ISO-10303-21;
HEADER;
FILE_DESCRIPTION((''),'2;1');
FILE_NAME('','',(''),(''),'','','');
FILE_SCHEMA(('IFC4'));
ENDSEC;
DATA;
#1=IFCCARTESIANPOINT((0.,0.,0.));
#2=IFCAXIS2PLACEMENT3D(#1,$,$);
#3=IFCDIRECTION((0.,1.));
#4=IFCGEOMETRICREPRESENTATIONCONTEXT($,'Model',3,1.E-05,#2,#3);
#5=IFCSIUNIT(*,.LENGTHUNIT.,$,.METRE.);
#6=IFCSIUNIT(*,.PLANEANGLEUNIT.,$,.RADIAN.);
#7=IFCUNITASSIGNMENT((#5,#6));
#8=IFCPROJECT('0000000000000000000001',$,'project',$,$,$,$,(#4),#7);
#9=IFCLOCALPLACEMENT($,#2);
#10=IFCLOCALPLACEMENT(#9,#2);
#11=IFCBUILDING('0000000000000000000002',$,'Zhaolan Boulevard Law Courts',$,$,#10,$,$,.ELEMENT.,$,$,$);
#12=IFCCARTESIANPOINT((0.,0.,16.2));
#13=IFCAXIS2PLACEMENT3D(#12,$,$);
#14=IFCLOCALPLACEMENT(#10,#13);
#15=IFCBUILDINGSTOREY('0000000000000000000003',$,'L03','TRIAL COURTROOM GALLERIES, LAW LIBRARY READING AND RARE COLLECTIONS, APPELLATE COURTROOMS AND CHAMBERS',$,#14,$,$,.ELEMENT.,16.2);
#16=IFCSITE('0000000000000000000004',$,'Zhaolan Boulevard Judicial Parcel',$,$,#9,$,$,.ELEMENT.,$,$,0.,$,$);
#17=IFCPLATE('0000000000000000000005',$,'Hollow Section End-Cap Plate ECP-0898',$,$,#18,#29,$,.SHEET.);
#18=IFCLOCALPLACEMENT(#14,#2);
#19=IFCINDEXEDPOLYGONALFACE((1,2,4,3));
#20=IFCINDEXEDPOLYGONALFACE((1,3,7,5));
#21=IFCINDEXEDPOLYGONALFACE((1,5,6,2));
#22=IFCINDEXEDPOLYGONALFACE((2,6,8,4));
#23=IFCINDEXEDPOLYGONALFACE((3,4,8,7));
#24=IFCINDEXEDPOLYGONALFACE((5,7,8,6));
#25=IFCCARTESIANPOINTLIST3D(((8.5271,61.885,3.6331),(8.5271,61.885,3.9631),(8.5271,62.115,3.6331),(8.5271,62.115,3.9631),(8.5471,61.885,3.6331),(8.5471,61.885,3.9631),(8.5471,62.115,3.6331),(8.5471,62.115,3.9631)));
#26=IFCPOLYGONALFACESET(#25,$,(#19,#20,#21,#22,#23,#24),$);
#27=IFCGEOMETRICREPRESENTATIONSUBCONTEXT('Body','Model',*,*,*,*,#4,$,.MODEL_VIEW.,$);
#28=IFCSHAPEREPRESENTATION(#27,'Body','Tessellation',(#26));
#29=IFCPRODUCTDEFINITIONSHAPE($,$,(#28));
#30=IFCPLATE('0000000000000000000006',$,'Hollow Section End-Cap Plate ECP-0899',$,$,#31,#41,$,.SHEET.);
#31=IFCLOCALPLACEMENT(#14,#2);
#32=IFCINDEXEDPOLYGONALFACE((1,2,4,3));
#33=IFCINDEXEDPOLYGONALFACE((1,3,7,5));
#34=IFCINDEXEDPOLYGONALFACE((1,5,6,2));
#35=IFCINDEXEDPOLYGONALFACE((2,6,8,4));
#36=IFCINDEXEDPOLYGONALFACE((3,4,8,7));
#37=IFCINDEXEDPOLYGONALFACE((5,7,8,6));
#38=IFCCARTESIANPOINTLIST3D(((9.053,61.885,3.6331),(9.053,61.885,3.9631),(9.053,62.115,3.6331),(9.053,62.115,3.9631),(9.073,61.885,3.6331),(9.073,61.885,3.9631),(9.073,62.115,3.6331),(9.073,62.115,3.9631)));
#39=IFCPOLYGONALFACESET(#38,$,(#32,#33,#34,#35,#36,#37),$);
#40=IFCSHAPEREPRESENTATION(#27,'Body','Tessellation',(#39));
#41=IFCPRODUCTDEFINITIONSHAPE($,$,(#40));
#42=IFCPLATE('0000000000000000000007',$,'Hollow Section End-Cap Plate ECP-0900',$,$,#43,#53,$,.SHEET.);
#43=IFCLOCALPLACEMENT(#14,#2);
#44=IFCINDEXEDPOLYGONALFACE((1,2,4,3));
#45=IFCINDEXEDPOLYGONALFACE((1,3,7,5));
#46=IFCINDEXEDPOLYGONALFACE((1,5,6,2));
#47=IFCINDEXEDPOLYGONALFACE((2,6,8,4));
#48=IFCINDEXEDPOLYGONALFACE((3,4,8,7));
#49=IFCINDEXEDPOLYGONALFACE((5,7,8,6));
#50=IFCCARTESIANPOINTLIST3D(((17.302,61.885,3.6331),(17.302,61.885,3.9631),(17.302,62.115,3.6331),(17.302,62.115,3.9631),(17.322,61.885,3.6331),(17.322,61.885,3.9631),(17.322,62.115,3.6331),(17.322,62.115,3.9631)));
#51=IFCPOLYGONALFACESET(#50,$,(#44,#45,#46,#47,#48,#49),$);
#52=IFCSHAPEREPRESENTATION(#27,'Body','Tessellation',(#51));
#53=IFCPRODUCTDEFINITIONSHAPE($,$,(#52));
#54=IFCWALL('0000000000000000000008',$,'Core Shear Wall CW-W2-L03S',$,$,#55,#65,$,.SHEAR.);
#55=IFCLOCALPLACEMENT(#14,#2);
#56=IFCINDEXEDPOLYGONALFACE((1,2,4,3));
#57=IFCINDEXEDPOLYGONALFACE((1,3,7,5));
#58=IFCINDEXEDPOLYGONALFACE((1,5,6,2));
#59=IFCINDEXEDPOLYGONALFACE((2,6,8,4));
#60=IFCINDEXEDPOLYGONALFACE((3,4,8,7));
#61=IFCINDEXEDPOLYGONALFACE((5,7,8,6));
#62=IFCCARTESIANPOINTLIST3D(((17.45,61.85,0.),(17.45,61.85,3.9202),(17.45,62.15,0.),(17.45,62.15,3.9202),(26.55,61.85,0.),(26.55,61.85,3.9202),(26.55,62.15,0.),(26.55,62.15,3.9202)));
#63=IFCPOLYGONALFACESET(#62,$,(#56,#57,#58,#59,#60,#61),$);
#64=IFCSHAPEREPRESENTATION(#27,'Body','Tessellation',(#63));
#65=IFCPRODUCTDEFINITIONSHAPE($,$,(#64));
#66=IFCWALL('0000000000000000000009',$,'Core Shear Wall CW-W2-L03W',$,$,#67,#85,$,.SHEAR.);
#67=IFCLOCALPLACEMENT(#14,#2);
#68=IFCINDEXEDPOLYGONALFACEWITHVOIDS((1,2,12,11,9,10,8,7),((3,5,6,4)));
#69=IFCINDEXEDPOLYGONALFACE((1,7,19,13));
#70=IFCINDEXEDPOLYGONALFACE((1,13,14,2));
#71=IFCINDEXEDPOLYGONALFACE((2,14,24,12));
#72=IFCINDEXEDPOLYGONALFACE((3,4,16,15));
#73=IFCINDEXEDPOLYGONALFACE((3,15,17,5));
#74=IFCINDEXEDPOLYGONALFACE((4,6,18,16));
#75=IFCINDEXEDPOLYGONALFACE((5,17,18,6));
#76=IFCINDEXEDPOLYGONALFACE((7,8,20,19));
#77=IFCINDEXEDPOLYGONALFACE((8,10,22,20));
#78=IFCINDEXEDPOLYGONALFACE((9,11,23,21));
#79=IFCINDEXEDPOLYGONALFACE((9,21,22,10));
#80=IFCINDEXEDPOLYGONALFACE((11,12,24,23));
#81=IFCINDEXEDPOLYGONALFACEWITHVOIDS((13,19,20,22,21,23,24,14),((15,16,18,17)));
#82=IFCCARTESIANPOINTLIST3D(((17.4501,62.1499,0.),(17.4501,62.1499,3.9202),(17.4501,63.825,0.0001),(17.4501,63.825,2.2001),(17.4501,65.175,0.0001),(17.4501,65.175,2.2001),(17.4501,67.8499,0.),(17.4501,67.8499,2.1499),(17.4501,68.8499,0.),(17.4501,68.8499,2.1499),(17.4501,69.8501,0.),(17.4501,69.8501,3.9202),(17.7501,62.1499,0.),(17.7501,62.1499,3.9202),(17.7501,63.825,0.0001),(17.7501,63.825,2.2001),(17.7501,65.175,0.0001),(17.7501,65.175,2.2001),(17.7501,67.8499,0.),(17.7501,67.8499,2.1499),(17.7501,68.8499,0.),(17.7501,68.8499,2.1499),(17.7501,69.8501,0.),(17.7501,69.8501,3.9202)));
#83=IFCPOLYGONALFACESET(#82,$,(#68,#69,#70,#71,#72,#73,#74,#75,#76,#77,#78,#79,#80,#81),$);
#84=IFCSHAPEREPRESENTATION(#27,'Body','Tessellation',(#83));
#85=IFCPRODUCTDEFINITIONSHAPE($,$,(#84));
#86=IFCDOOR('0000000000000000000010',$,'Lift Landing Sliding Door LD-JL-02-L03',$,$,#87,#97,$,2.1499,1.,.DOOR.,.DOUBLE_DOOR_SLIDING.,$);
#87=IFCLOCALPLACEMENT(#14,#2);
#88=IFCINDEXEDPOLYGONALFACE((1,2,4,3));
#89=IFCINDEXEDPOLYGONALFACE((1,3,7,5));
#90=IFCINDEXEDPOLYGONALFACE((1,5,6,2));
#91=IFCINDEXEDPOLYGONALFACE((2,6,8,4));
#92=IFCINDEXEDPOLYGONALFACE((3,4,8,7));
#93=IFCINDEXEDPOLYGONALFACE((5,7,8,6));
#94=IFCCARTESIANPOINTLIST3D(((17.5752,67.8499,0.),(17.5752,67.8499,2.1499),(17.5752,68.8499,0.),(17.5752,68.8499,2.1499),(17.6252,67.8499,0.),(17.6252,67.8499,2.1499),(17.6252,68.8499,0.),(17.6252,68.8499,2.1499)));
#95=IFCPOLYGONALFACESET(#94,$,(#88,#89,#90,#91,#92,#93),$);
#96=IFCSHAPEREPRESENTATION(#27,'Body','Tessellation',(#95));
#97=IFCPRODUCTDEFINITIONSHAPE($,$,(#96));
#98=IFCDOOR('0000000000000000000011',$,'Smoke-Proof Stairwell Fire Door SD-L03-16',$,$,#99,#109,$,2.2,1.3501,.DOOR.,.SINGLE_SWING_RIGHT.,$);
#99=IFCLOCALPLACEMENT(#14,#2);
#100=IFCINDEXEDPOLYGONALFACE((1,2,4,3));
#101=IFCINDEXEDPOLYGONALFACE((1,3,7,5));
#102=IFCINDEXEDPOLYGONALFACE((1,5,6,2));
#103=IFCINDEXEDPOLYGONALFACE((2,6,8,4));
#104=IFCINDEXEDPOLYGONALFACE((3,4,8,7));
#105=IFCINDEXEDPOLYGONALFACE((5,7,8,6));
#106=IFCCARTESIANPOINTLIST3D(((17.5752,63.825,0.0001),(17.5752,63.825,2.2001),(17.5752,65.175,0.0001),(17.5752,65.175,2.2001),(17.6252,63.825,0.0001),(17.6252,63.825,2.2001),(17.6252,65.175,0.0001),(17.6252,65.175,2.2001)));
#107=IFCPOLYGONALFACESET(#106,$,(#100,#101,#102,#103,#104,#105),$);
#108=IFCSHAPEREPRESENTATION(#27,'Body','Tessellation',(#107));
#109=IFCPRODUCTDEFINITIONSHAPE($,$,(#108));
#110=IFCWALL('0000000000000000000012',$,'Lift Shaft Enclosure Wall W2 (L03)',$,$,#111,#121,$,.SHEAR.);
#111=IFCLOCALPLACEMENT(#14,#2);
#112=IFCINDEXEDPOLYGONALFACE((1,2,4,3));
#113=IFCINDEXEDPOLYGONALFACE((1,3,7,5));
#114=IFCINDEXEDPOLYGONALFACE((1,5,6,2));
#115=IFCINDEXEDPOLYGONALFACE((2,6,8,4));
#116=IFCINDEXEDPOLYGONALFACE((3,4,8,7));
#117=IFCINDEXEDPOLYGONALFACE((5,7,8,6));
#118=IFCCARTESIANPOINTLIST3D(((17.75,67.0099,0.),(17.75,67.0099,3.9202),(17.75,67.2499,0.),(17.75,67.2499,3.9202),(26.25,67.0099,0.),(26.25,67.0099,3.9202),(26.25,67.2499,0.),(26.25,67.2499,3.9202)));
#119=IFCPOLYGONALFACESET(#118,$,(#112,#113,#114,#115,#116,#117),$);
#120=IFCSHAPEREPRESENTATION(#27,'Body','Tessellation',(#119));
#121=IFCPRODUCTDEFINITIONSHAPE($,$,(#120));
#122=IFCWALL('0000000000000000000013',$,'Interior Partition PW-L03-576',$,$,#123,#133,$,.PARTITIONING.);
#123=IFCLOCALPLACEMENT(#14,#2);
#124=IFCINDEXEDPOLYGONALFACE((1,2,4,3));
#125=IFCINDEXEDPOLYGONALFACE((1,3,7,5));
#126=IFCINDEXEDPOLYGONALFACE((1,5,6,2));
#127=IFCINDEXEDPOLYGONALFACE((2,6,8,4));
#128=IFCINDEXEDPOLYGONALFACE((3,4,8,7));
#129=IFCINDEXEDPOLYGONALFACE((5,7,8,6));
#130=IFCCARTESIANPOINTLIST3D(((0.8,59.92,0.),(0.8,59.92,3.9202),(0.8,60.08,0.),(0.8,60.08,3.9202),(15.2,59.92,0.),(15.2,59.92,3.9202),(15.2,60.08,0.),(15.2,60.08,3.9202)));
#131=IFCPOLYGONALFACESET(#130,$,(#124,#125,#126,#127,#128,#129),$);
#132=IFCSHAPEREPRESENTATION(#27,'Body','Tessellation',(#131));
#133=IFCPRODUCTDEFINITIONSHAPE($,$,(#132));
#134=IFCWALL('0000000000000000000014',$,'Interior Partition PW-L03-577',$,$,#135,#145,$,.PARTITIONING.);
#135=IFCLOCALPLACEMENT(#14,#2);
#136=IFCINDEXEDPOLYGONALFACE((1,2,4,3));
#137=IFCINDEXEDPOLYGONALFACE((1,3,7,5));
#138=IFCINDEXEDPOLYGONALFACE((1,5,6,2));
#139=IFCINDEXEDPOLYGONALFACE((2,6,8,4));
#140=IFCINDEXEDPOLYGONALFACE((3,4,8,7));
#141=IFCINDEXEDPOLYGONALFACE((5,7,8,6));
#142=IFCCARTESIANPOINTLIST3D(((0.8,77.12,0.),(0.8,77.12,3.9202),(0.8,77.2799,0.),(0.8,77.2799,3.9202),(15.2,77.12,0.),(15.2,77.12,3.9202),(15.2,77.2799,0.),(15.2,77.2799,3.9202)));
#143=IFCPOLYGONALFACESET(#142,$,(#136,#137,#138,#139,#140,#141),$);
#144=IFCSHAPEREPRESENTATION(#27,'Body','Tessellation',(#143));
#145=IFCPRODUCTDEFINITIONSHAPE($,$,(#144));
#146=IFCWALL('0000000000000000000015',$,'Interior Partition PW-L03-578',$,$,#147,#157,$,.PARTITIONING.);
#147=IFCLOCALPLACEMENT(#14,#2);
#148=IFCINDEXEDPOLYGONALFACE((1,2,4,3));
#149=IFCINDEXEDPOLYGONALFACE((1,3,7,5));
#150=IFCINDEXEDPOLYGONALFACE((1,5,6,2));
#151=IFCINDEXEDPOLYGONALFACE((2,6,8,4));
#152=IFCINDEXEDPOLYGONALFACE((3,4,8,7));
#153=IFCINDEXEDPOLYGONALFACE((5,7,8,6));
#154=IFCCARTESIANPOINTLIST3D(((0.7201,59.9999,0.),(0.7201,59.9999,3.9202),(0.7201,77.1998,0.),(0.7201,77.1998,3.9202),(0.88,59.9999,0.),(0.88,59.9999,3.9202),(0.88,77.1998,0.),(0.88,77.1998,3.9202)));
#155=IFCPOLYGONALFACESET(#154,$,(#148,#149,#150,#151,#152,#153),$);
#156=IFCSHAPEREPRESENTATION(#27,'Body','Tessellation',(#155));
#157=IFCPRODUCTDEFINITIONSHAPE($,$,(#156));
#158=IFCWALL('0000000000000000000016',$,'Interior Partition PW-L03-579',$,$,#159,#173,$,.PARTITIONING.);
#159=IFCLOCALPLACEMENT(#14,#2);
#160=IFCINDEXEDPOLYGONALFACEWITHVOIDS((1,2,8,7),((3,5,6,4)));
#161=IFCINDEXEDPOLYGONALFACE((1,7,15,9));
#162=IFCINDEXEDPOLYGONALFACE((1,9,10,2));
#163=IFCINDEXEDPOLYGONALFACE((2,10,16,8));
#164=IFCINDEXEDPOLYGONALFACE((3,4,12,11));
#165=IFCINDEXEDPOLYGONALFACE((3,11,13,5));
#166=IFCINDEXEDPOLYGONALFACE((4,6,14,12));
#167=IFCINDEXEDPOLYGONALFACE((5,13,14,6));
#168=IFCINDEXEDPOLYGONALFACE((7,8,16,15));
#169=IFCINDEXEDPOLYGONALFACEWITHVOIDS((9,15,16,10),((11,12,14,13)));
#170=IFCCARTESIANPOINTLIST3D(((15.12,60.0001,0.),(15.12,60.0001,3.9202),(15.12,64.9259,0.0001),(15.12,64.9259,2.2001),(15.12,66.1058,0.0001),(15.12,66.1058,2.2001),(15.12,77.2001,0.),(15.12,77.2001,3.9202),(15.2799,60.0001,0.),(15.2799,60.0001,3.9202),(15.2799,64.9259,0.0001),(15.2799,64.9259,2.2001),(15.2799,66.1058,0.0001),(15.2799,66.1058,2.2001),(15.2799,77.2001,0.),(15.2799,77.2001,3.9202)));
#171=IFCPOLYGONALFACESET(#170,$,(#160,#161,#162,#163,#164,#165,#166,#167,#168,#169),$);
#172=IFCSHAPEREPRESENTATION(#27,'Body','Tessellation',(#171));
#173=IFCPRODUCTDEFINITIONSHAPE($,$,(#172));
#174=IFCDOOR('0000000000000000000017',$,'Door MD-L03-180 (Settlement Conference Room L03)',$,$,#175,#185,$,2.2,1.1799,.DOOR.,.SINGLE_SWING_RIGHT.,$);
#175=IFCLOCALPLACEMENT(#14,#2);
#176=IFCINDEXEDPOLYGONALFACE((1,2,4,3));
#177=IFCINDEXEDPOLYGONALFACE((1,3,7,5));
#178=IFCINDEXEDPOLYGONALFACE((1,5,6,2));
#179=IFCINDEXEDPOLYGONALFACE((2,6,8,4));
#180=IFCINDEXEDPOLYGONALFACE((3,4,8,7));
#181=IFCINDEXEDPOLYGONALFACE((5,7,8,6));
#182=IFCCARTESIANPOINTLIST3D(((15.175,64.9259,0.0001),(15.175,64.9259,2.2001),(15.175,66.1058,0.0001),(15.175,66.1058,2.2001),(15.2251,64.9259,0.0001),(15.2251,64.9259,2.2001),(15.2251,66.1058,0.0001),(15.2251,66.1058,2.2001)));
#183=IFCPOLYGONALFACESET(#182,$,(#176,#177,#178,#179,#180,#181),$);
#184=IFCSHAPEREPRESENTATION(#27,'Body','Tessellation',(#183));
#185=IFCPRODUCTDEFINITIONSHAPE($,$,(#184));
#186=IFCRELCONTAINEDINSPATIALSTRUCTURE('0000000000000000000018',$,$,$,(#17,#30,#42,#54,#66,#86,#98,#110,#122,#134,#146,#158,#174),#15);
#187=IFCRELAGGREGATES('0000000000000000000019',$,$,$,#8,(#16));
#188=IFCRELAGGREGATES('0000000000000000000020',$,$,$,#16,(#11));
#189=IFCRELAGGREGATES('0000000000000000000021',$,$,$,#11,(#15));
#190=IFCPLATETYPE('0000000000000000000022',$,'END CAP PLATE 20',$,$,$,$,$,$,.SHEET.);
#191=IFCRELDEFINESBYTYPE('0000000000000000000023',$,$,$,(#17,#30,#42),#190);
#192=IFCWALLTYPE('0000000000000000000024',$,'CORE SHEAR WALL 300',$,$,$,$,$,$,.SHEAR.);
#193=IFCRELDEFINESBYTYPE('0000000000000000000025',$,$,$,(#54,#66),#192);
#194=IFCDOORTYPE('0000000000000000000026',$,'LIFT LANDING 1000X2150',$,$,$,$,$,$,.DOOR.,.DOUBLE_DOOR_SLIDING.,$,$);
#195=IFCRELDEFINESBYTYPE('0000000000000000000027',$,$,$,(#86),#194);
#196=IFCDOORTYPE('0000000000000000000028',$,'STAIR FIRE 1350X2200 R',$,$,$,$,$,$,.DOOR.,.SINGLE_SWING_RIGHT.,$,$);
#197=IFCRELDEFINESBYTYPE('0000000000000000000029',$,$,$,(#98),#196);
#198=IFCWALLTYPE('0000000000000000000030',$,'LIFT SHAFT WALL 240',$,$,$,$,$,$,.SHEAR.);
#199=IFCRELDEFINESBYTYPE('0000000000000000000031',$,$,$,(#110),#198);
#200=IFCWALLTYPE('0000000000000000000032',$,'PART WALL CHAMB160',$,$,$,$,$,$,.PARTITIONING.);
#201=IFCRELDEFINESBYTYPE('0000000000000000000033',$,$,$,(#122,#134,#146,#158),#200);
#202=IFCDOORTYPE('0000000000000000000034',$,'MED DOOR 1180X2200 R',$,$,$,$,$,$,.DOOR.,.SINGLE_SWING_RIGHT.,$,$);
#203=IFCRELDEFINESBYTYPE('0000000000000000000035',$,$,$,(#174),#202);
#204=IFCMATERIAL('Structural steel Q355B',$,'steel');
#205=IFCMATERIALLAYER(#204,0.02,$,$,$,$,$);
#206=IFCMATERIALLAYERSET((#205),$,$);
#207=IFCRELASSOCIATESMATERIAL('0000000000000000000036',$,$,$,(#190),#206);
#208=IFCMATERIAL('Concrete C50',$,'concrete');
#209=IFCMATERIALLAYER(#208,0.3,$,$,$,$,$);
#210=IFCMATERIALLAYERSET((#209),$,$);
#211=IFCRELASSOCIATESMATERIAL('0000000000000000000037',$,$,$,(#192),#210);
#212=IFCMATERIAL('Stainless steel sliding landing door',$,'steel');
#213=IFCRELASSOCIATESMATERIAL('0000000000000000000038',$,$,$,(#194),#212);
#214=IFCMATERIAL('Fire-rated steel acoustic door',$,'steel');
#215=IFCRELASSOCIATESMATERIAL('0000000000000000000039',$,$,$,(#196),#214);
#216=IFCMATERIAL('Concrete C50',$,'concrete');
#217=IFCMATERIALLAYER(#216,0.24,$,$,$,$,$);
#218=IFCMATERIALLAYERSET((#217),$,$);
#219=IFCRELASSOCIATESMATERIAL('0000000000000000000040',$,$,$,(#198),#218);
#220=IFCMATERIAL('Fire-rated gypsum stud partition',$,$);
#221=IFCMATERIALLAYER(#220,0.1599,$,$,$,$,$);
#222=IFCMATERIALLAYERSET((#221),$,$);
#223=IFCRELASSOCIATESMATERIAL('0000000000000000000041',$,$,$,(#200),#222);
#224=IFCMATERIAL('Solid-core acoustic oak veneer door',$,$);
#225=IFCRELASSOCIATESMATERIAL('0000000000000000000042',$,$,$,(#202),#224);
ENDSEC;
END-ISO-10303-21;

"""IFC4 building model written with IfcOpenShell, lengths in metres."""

from ifc_helpers import new_model, si_unit, direction, frame, frame_2d, origin, origin_2d, place, context, subcontext, project, spatial, rectangle, extrude, material, layer, layer_set, type_object, element, fill, save


model = new_model("IFC4")

# Units and contexts
model_context = context("Model", 3, precision=1e-05, world=origin(), true_north=direction((0.0, 1.0)))
body_context = subcontext(model_context, "Body", "Model", "MODEL_VIEW")
ifc_project = project(units=[si_unit("LENGTHUNIT", "METRE"), si_unit("PLANEANGLEUNIT", "RADIAN")], contexts=[model_context])

# Site, building, storey
site_placement = place(None, origin())
site = spatial("IfcSite", under=ifc_project, at=site_placement, Name="Zhaolan Boulevard Judicial Parcel", CompositionType="ELEMENT", RefElevation=0.0)
building_placement = place(site_placement, origin())
building = spatial("IfcBuilding", under=site, at=building_placement, Name="Zhaolan Boulevard Law Courts", CompositionType="ELEMENT")
storey_placement = place(building_placement, frame((0.0, 0.0, 16.2)))
storey = spatial("IfcBuildingStorey", under=building, at=storey_placement, Name="L03", Description="TRIAL COURTROOM GALLERIES, LAW LIBRARY READING AND RARE COLLECTIONS, APPELLATE COURTROOMS AND CHAMBERS", CompositionType="ELEMENT", Elevation=16.2)

# Plates
ifc_material_1 = material(Name="Structural steel Q355B", Category="steel")
ifc_layer_1 = layer(ifc_material_1, 0.02)
ifc_layer_set_1 = layer_set([ifc_layer_1])
plate_type = type_object("IfcPlateType", Name="END CAP PLATE 20", PredefinedType="SHEET", material=ifc_layer_set_1)
for number, where, z_axis, x_axis, name in (
    (1, (8.5371, 62.0, 3.6331), (0.0, 0.0, 1.0), (1.0, 0.0, 0.0), "Hollow Section End-Cap Plate ECP-0898"),
    (2, (9.063, 62.0, 3.6331), (0.0, 0.0, 1.0), (1.0, 0.0, 0.0), "Hollow Section End-Cap Plate ECP-0899"),
    (3, (17.312, 62.0, 3.6331), (0.0, 0.0, 1.0), (1.0, 0.0, 0.0), "Hollow Section End-Cap Plate ECP-0900"),
):
    element("IfcPlate", number, at=place(storey_placement, frame(where, z_axis=z_axis, x_axis=x_axis)), inside=storey, type_object=plate_type, Name=name, PredefinedType="SHEET", context=body_context, shape_type="SweptSolid", body=[
        extrude(rectangle(XDim=0.02, YDim=0.23, at=origin_2d()), origin(), (0.0, 0.0, 1.0), 0.3301),
    ])

# Wall
ifc_material_2 = material(Name="Concrete C50", Category="concrete")
ifc_layer_2 = layer(ifc_material_2, 0.3)
ifc_layer_set_2 = layer_set([ifc_layer_2])
wall_type_1 = type_object("IfcWallType", Name="CORE SHEAR WALL 300", PredefinedType="SHEAR", material=ifc_layer_set_2)
wall_1_placement = place(storey_placement, frame((17.45, 62.0, 0.0), z_axis=(0.0, 0.0, 1.0), x_axis=(1.0, 0.0, 0.0)))
element("IfcWall", 4, at=wall_1_placement, inside=storey, type_object=wall_type_1, Name="Core Shear Wall CW-W2-L03S", PredefinedType="SHEAR", context=body_context, shape_type="SweptSolid", body=[
    extrude(rectangle(XDim=9.1001, YDim=0.3, at=frame_2d((4.55, 0.0))), origin(), (0.0, 0.0, 1.0), 3.9202),
])

# Wall, openings, doors
wall_2_placement = place(storey_placement, frame((17.6001, 62.1499, 0.0), z_axis=(0.0, 0.0, 1.0), x_axis=(0.0, 1.0, 0.0)))
wall_2 = element("IfcWall", 5, at=wall_2_placement, inside=storey, type_object=wall_type_1, Name="Core Shear Wall CW-W2-L03W", PredefinedType="SHEAR", context=body_context, shape_type="SweptSolid", body=[
    extrude(rectangle(XDim=7.7002, YDim=0.3, at=frame_2d((3.8501, 0.0))), origin(), (0.0, 0.0, 1.0), 3.9202),
])
opening_1_placement = place(wall_2_placement, frame((1.675, 0.0, 0.0)))
opening_1 = element("IfcOpeningElement", 6, at=opening_1_placement, cuts=wall_2, PredefinedType="OPENING", context=body_context, shape_type="SweptSolid", body=[
    extrude(rectangle(XDim=1.3501, YDim=2.2, at=frame_2d((0.675, 1.1001))), frame((0.0, 0.1599, 0.0), z_axis=(0.0, -1.0, 0.0), x_axis=(1.0, 0.0, 0.0)), (0.0, 0.0, 1.0), 0.3201),
])
opening_2_placement = place(wall_2_placement, frame((5.7, 0.0, 0.0)))
opening_2 = element("IfcOpeningElement", 7, at=opening_2_placement, cuts=wall_2, PredefinedType="OPENING", context=body_context, shape_type="SweptSolid", body=[
    extrude(rectangle(XDim=1.0, YDim=2.1499, at=frame_2d((0.5, 1.075))), frame((0.0, 0.1599, 0.0), z_axis=(0.0, -1.0, 0.0), x_axis=(1.0, 0.0, 0.0)), (0.0, 0.0, 1.0), 0.3201),
])
ifc_material_3 = material(Name="Stainless steel sliding landing door", Category="steel")
door_type_1 = type_object("IfcDoorType", Name="LIFT LANDING 1000X2150", OperationType="DOUBLE_DOOR_SLIDING", PredefinedType="DOOR", material=ifc_material_3)
door_1_placement = place(opening_2_placement, origin())
door_1 = element("IfcDoor", 8, at=door_1_placement, inside=storey, type_object=door_type_1, Name="Lift Landing Sliding Door LD-JL-02-L03", OperationType="DOUBLE_DOOR_SLIDING", OverallHeight=2.1499, OverallWidth=1.0, PredefinedType="DOOR", context=body_context, shape_type="SweptSolid", body=[
    extrude(rectangle(XDim=1.0, YDim=2.1499, at=frame_2d((0.5, 1.075))), frame((0.0, 0.0249, 0.0), z_axis=(0.0, -1.0, 0.0), x_axis=(1.0, 0.0, 0.0)), (0.0, 0.0, 1.0), 0.05),
])
fill(opening_2, door_1)
ifc_material_4 = material(Name="Fire-rated steel acoustic door", Category="steel")
door_type_2 = type_object("IfcDoorType", Name="STAIR FIRE 1350X2200 R", OperationType="SINGLE_SWING_RIGHT", PredefinedType="DOOR", material=ifc_material_4)
door_2_placement = place(opening_1_placement, origin())
door_2 = element("IfcDoor", 9, at=door_2_placement, inside=storey, type_object=door_type_2, Name="Smoke-Proof Stairwell Fire Door SD-L03-16", OperationType="SINGLE_SWING_RIGHT", OverallHeight=2.2, OverallWidth=1.3501, PredefinedType="DOOR", context=body_context, shape_type="SweptSolid", body=[
    extrude(rectangle(XDim=1.3501, YDim=2.2, at=frame_2d((0.675, 1.1001))), frame((0.0, 0.0249, 0.0), z_axis=(0.0, -1.0, 0.0), x_axis=(1.0, 0.0, 0.0)), (0.0, 0.0, 1.0), 0.05),
])
fill(opening_1, door_2)

# Walls
ifc_material_5 = material(Name="Concrete C50", Category="concrete")
ifc_layer_3 = layer(ifc_material_5, 0.24)
ifc_layer_set_3 = layer_set([ifc_layer_3])
wall_type_2 = type_object("IfcWallType", Name="LIFT SHAFT WALL 240", PredefinedType="SHEAR", material=ifc_layer_set_3)
wall_3_placement = place(storey_placement, frame((17.75, 67.1299, 0.0), z_axis=(0.0, 0.0, 1.0), x_axis=(1.0, 0.0, 0.0)))
element("IfcWall", 10, at=wall_3_placement, inside=storey, type_object=wall_type_2, Name="Lift Shaft Enclosure Wall W2 (L03)", PredefinedType="SHEAR", context=body_context, shape_type="SweptSolid", body=[
    extrude(rectangle(XDim=8.5, YDim=0.24, at=frame_2d((4.25, 0.0))), origin(), (0.0, 0.0, 1.0), 3.9202),
])
ifc_material_6 = material(Name="Fire-rated gypsum stud partition")
ifc_layer_4 = layer(ifc_material_6, 0.1599)
ifc_layer_set_4 = layer_set([ifc_layer_4])
wall_type_3 = type_object("IfcWallType", Name="PART WALL CHAMB160", PredefinedType="PARTITIONING", material=ifc_layer_set_4)
for number, where, z_axis, x_axis, name in (
    (11, (0.8, 60.0, 0.0), (0.0, 0.0, 1.0), (1.0, 0.0, 0.0), "Interior Partition PW-L03-576"),
    (12, (15.2, 77.2, 0.0), (0.0, 0.0, 1.0), (-1.0, 0.0, 0.0), "Interior Partition PW-L03-577"),
):
    element("IfcWall", number, at=place(storey_placement, frame(where, z_axis=z_axis, x_axis=x_axis)), inside=storey, type_object=wall_type_3, Name=name, PredefinedType="PARTITIONING", context=body_context, shape_type="SweptSolid", body=[
        extrude(rectangle(XDim=14.3999, YDim=0.1599, at=frame_2d((7.2, 0.0))), origin(), (0.0, 0.0, 1.0), 3.9202),
    ])
wall_4_placement = place(storey_placement, frame((0.8, 77.2, 0.0), z_axis=(0.0, 0.0, 1.0), x_axis=(0.0, -1.0, 0.0)))
element("IfcWall", 13, at=wall_4_placement, inside=storey, type_object=wall_type_3, Name="Interior Partition PW-L03-578", PredefinedType="PARTITIONING", context=body_context, shape_type="SweptSolid", body=[
    extrude(rectangle(XDim=17.2, YDim=0.1599, at=frame_2d((8.6001, 0.0))), origin(), (0.0, 0.0, 1.0), 3.9202),
])

# Wall, opening, door
wall_5_placement = place(storey_placement, frame((15.2, 60.0, 0.0), z_axis=(0.0, 0.0, 1.0), x_axis=(0.0, 1.0, 0.0)))
wall_5 = element("IfcWall", 14, at=wall_5_placement, inside=storey, type_object=wall_type_3, Name="Interior Partition PW-L03-579", PredefinedType="PARTITIONING", context=body_context, shape_type="SweptSolid", body=[
    extrude(rectangle(XDim=17.2, YDim=0.1599, at=frame_2d((8.6001, 0.0))), origin(), (0.0, 0.0, 1.0), 3.9202),
])
opening_3_placement = place(wall_5_placement, frame((4.926, 0.0, 0.0)))
opening_3 = element("IfcOpeningElement", 15, at=opening_3_placement, cuts=wall_5, PredefinedType="OPENING", context=body_context, shape_type="SweptSolid", body=[
    extrude(rectangle(XDim=1.1799, YDim=2.2, at=frame_2d((0.5898, 1.1001))), frame((0.0, 0.0898, 0.0), z_axis=(0.0, -1.0, 0.0), x_axis=(1.0, 0.0, 0.0)), (0.0, 0.0, 1.0), 0.1799),
])
ifc_material_7 = material(Name="Solid-core acoustic oak veneer door")
door_type_3 = type_object("IfcDoorType", Name="MED DOOR 1180X2200 R", OperationType="SINGLE_SWING_RIGHT", PredefinedType="DOOR", material=ifc_material_7)
door_3_placement = place(opening_3_placement, origin())
door_3 = element("IfcDoor", 16, at=door_3_placement, inside=storey, type_object=door_type_3, Name="Door MD-L03-180 (Settlement Conference Room L03)", OperationType="SINGLE_SWING_RIGHT", OverallHeight=2.2, OverallWidth=1.1799, PredefinedType="DOOR", context=body_context, shape_type="SweptSolid", body=[
    extrude(rectangle(XDim=1.1799, YDim=2.2, at=frame_2d((0.5898, 1.1001))), frame((0.0, 0.0249, 0.0), z_axis=(0.0, -1.0, 0.0), x_axis=(1.0, 0.0, 0.0)), (0.0, 0.0, 1.0), 0.05),
])
fill(opening_3, door_3)

save(model, "model.ifc")
